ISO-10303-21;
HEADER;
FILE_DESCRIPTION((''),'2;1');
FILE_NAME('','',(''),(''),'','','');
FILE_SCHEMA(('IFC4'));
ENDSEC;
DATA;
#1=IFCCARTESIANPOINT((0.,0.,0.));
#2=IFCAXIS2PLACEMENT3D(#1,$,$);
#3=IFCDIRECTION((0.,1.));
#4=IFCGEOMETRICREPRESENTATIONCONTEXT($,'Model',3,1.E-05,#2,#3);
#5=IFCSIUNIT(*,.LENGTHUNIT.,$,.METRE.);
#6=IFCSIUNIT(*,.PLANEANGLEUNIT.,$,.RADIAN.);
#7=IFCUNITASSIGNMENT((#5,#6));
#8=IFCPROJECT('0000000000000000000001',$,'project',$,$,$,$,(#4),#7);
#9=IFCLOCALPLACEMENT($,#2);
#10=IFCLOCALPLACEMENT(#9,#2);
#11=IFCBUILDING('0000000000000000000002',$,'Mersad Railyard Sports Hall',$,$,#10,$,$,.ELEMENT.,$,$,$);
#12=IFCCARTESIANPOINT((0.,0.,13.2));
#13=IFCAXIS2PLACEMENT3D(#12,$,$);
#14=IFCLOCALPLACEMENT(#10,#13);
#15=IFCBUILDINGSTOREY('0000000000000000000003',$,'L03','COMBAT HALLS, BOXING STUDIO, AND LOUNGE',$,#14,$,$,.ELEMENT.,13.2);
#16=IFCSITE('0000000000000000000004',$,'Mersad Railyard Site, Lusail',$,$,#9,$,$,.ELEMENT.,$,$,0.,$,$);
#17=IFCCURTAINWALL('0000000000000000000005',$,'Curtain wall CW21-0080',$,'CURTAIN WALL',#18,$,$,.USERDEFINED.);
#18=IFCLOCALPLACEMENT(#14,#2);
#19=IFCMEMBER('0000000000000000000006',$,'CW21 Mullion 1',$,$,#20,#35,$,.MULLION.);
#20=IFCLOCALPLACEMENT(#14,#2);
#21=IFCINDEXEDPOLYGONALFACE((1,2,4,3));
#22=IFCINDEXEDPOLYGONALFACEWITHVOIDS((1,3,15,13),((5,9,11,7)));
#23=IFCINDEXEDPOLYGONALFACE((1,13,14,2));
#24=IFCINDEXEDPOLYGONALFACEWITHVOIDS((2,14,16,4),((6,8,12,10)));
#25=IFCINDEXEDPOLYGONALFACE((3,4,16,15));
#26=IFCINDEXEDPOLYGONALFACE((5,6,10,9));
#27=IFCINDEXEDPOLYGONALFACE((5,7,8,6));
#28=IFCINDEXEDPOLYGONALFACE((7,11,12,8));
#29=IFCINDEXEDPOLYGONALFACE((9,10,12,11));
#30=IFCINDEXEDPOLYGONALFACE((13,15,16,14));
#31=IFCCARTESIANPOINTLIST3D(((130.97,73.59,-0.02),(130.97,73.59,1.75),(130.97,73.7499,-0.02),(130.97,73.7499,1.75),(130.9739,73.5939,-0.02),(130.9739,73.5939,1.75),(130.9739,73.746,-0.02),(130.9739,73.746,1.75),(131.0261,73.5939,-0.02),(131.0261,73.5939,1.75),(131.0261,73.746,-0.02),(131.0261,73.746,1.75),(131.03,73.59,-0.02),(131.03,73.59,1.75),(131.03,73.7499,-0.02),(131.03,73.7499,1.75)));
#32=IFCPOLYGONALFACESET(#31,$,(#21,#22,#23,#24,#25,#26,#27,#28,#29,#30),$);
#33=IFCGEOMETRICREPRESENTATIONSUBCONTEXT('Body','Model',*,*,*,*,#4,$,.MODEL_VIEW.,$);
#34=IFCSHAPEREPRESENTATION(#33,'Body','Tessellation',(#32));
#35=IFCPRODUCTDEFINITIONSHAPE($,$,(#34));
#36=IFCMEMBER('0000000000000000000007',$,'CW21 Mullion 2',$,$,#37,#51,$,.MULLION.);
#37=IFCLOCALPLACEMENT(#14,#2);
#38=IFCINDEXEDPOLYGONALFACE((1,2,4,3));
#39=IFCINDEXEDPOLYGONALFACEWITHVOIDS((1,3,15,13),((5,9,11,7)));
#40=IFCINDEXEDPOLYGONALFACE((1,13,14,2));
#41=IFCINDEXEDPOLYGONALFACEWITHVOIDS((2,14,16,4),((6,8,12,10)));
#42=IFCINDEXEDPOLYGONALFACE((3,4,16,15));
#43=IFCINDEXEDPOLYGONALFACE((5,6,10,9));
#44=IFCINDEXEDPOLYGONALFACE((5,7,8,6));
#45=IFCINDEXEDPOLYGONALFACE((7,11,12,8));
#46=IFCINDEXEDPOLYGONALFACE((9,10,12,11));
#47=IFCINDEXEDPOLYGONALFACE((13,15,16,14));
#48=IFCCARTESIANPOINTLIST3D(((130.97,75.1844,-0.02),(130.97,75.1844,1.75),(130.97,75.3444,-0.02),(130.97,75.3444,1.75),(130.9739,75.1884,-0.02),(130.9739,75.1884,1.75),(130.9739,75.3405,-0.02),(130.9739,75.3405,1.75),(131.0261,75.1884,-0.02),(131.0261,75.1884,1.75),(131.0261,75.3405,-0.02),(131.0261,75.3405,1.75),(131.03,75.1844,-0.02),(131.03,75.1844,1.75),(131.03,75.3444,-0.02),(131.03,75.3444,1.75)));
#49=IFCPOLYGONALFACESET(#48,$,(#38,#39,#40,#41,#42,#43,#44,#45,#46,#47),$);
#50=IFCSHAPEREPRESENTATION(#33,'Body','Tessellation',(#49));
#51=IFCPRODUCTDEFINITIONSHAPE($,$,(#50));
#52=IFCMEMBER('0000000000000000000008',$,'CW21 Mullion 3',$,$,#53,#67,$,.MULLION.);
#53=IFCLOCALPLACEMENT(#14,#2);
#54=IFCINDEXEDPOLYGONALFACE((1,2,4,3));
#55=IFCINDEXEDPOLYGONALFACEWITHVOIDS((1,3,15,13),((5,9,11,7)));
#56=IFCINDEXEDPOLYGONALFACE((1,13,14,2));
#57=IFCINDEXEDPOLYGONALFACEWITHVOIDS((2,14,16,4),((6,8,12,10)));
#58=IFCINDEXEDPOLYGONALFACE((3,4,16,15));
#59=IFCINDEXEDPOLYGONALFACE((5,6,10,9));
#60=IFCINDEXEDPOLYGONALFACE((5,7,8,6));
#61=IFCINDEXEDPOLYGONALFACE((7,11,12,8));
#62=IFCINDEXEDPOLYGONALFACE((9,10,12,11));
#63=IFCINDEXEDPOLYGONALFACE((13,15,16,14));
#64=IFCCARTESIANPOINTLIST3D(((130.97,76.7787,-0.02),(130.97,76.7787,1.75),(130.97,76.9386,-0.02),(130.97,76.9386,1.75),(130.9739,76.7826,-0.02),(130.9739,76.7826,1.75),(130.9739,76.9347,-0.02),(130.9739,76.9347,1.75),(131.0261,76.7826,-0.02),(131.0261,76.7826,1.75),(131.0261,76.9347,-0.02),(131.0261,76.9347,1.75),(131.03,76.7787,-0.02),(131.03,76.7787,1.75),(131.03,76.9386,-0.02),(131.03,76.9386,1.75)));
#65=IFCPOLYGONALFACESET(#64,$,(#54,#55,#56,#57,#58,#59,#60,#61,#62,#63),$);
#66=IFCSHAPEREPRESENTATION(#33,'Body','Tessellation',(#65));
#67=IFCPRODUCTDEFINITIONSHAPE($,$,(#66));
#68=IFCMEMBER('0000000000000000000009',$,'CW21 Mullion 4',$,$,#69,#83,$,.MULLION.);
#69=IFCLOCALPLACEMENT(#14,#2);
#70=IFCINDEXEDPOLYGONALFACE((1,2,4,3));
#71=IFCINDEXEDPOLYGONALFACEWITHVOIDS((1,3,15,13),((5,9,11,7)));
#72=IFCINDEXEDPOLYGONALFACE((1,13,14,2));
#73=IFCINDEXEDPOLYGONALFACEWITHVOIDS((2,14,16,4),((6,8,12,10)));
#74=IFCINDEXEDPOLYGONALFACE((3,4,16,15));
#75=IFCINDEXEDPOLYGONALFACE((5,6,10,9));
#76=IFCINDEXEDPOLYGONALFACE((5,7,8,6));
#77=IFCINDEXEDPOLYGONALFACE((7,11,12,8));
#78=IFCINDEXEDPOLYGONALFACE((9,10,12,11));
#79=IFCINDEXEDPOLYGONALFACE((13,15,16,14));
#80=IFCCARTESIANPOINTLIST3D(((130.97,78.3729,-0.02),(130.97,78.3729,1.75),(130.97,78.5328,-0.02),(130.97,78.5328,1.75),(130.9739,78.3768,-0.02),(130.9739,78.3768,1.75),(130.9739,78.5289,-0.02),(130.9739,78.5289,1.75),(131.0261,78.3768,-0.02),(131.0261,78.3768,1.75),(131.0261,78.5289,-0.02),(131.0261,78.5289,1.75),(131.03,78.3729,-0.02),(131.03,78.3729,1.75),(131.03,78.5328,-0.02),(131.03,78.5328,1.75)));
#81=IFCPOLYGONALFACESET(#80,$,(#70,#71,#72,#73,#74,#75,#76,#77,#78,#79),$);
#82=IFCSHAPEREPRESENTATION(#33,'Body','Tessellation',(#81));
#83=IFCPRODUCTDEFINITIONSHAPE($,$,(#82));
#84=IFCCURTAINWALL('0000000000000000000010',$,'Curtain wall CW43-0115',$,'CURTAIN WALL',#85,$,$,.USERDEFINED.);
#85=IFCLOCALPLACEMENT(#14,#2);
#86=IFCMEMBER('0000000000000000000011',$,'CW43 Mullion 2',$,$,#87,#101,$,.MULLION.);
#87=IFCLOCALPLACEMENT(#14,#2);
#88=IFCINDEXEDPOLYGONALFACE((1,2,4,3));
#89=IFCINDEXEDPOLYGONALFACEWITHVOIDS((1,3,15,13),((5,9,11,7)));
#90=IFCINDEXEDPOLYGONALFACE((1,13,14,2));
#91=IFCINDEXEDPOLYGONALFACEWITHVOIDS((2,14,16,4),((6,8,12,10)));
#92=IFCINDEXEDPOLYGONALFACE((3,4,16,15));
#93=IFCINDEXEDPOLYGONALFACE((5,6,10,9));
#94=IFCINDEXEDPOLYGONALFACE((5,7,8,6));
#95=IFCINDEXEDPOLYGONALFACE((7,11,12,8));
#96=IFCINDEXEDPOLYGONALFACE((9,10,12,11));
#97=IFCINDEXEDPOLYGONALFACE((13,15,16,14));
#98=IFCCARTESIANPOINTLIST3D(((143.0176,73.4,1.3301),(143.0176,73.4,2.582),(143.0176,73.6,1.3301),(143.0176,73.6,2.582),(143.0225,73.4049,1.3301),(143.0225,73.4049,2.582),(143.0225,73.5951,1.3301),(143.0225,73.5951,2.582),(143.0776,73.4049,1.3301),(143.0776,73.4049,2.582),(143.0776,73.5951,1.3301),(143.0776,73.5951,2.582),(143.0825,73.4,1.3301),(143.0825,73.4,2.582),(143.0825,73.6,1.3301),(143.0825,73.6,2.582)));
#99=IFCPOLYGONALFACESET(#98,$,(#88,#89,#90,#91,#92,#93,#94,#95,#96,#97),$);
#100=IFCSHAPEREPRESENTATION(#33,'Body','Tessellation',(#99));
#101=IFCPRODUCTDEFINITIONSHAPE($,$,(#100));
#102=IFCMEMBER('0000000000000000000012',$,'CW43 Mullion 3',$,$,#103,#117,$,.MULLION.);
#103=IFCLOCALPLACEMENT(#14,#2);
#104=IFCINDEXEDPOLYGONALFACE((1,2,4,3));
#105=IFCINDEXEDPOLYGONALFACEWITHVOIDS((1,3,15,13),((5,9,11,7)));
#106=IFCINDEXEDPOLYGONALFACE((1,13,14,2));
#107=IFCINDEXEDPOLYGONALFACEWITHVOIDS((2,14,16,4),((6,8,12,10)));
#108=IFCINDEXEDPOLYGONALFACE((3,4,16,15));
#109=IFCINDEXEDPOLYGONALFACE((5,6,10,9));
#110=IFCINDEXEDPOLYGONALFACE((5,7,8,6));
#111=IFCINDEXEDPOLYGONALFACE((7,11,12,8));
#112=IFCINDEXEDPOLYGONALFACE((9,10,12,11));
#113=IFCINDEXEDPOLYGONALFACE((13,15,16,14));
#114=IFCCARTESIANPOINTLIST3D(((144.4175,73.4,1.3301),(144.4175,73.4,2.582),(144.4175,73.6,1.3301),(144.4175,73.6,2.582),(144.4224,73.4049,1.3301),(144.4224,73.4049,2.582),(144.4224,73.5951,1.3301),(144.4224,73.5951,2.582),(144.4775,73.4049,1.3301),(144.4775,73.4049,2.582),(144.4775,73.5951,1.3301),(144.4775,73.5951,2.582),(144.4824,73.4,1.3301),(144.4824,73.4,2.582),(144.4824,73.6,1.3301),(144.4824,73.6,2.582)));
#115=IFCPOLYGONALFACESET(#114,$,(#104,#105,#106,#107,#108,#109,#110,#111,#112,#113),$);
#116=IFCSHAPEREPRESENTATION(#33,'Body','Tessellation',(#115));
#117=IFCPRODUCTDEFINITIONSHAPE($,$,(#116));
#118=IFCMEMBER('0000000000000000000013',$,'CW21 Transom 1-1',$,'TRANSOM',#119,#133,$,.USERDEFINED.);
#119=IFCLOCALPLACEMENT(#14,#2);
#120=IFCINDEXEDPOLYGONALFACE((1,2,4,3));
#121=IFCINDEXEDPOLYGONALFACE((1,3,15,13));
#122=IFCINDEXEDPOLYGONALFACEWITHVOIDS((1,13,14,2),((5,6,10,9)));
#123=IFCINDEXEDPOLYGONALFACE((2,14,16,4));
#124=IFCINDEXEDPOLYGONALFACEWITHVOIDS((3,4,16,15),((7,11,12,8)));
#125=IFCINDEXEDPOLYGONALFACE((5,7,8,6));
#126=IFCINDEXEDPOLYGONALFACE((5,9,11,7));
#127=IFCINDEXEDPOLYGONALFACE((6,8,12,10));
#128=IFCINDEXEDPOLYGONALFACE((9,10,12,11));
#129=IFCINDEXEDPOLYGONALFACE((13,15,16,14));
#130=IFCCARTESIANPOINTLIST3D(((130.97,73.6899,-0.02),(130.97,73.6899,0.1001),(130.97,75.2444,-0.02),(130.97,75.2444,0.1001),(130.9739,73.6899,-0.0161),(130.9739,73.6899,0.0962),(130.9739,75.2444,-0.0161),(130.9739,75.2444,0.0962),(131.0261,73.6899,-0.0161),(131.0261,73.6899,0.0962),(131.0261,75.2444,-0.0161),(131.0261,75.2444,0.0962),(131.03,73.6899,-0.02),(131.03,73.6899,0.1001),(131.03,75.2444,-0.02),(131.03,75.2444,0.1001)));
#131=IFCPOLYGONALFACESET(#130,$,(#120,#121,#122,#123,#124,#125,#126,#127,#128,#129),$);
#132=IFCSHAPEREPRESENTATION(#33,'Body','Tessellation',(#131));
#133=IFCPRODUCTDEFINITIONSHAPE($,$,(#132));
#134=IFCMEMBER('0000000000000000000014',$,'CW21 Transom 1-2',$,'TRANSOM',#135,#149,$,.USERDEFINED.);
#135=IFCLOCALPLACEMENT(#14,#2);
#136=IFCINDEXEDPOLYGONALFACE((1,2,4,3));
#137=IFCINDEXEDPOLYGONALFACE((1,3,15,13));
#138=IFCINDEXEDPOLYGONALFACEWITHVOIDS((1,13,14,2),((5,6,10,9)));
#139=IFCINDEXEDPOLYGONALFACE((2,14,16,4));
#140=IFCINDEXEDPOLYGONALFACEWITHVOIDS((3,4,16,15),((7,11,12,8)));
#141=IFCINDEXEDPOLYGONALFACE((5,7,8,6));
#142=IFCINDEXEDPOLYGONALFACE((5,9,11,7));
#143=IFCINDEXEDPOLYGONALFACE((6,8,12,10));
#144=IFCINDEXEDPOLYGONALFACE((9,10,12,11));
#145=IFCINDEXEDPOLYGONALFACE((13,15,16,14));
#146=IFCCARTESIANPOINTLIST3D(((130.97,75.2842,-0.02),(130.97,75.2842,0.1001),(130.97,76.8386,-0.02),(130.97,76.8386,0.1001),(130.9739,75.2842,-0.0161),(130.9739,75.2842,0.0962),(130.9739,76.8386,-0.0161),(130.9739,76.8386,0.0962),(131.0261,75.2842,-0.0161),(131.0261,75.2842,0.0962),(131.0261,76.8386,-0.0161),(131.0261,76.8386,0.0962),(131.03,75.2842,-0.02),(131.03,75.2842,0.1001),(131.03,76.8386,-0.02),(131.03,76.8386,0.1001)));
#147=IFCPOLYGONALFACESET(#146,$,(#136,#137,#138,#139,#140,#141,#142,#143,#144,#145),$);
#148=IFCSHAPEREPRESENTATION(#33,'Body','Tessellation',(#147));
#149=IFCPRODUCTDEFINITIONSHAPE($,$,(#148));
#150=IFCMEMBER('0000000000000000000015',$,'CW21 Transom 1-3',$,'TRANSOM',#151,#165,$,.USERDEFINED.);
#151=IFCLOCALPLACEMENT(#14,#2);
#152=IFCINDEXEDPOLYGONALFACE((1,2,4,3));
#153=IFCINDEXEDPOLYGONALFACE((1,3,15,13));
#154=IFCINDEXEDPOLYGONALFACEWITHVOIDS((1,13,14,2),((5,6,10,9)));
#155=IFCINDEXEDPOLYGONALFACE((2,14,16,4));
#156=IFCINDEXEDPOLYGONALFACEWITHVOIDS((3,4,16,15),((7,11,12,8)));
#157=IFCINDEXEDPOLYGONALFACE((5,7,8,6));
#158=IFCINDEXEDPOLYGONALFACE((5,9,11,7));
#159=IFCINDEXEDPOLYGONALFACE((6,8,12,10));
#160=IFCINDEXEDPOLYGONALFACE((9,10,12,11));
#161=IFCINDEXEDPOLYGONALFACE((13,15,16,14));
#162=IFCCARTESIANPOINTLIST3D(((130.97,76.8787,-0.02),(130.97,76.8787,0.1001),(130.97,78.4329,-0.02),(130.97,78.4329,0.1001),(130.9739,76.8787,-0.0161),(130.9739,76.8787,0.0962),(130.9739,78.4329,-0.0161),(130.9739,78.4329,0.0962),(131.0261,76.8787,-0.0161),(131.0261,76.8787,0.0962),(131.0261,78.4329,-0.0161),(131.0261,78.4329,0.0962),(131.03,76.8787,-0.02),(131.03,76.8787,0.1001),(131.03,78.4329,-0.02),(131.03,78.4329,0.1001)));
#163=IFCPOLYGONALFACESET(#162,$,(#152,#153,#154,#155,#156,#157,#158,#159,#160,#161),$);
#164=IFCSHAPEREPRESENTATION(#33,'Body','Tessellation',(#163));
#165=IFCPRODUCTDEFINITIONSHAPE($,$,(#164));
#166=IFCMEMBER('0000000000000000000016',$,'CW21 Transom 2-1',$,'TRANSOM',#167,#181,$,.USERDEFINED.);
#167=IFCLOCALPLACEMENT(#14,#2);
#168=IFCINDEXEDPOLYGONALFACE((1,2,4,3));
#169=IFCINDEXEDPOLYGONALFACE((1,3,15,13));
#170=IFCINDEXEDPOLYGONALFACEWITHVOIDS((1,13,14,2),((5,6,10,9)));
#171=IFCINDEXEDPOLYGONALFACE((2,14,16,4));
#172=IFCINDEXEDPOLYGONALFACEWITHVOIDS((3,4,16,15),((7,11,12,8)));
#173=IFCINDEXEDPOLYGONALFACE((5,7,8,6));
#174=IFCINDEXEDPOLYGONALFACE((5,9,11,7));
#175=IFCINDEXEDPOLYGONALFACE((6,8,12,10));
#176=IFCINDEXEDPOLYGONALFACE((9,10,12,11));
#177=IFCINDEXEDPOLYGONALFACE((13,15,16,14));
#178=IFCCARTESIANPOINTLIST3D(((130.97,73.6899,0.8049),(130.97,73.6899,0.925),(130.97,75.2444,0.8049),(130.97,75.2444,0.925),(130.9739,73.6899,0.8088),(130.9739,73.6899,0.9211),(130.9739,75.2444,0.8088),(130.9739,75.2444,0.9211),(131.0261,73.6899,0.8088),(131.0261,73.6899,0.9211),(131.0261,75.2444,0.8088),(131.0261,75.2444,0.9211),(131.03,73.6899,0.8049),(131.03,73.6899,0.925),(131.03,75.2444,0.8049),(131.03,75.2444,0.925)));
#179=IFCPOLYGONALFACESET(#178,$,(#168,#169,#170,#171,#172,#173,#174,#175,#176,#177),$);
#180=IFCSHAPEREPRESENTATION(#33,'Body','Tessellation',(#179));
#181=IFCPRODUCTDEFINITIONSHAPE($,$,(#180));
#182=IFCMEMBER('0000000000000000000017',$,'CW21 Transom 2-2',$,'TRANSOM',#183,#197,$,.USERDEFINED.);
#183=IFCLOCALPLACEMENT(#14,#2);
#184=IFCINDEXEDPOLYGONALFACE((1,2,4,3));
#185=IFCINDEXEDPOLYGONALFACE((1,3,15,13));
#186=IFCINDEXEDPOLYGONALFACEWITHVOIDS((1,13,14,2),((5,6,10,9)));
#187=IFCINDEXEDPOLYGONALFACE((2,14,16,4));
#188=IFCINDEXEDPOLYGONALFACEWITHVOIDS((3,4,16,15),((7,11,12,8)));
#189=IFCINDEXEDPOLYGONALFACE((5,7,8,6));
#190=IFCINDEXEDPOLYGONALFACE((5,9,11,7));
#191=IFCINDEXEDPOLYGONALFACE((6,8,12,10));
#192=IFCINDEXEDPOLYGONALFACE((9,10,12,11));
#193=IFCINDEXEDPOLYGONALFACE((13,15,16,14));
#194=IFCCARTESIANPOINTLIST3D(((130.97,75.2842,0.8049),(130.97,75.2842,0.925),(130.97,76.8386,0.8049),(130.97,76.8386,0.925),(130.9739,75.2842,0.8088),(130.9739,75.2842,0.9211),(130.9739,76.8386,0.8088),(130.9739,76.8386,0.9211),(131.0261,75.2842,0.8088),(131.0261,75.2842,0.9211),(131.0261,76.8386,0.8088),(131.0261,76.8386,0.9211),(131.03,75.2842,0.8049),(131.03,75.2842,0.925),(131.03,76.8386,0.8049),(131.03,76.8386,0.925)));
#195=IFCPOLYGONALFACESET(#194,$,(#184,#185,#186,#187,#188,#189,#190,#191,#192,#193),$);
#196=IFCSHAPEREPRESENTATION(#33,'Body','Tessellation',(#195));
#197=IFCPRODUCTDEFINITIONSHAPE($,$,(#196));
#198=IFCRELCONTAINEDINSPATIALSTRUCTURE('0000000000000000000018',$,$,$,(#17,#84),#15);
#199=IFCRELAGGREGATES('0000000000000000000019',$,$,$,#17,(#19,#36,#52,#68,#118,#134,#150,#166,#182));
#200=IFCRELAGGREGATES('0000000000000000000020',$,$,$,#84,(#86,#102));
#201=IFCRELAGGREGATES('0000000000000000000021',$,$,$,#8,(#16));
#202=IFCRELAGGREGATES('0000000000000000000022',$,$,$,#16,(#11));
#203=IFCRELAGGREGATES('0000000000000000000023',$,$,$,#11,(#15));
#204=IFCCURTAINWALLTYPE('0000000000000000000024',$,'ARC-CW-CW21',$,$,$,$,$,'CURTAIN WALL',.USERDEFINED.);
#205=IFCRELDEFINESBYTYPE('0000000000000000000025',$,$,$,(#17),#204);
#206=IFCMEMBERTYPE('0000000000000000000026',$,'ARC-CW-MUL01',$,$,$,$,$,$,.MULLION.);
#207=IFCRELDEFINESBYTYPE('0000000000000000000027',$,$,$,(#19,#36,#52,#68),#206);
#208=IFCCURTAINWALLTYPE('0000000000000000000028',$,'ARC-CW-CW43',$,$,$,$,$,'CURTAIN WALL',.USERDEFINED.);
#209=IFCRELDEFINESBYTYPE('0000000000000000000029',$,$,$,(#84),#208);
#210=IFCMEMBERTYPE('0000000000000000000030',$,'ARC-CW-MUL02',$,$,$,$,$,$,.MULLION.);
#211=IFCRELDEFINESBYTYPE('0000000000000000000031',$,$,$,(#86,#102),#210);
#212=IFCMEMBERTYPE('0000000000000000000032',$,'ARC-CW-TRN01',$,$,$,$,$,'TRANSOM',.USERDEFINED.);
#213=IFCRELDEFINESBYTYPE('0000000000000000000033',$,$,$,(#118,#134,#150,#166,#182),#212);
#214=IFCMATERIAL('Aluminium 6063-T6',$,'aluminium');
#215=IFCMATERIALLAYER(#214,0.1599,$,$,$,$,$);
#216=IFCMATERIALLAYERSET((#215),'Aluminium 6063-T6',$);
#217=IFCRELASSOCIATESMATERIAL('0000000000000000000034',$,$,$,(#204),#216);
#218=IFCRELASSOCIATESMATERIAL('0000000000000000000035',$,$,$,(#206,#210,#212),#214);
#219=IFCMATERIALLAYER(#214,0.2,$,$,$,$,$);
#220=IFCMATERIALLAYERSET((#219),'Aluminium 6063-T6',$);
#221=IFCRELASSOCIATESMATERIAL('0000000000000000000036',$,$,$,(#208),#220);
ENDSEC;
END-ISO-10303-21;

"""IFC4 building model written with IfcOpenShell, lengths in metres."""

from ifc_helpers import new_model, si_unit, direction, frame, origin, origin_2d, place, context, subcontext, project, spatial, hollow_rectangle, extrude, material, layer, layer_set, material_profile, profile_set, type_object, element, aggregate, save


model = new_model("IFC4")

# Units and contexts
model_context = context("Model", 3, precision=1e-05, world=origin(), true_north=direction((0.0, 1.0)))
body_context = subcontext(model_context, "Body", "Model", "MODEL_VIEW")
ifc_project = project(units=[si_unit("LENGTHUNIT", "METRE"), si_unit("PLANEANGLEUNIT", "RADIAN")], contexts=[model_context])

# Site, building, storey
site_placement = place(None, origin())
site = spatial("IfcSite", under=ifc_project, at=site_placement, Name="Mersad Railyard Site, Lusail", CompositionType="ELEMENT", RefElevation=0.0)
building_placement = place(site_placement, origin())
building = spatial("IfcBuilding", under=site, at=building_placement, Name="Mersad Railyard Sports Hall", CompositionType="ELEMENT")
storey_placement = place(building_placement, frame((0.0, 0.0, 13.2)))
storey = spatial("IfcBuildingStorey", under=building, at=storey_placement, Name="L03", Description="COMBAT HALLS, BOXING STUDIO, AND LOUNGE", CompositionType="ELEMENT", Elevation=13.2)

# Curtain walls, members
ifc_material_1 = material(Name="Aluminium 6063-T6", Category="aluminium")
ifc_layer_1 = layer(ifc_material_1, 0.1599)
ifc_layer_set_1 = layer_set([ifc_layer_1], Name="Aluminium 6063-T6")
curtain_wall_type_1 = type_object("IfcCurtainWallType", Name="ARC-CW-CW21", ElementType="CURTAIN WALL", PredefinedType="USERDEFINED", material=ifc_layer_set_1)
curtain_wall_1_placement = place(storey_placement, origin())
curtain_wall_1 = element("IfcCurtainWall", 1, at=curtain_wall_1_placement, inside=storey, type_object=curtain_wall_type_1, Name="Curtain wall CW21-0080", ObjectType="CURTAIN WALL", PredefinedType="USERDEFINED")
ifc_material_profile_1 = material_profile(ifc_material_1, hollow_rectangle(XDim=0.0601, YDim=0.1599, WallThickness=0.0039, at=origin_2d()), Name="AL MULLION 60x160x4")
ifc_profile_set_1 = profile_set([ifc_material_profile_1], Name="Aluminium 6063-T6")
member_type_1 = type_object("IfcMemberType", Name="ARC-CW-MUL01", PredefinedType="MULLION", material=ifc_profile_set_1)
member_1_placement = place(storey_placement, frame((131.0, 73.6699, -0.02), z_axis=(0.0, 0.0, 1.0), x_axis=(1.0, 0.0, 0.0)))
member_1 = element("IfcMember", 2, at=member_1_placement, type_object=member_type_1, Name="CW21 Mullion 1", PredefinedType="MULLION", context=body_context, shape_type="SweptSolid", body=[
    extrude(hollow_rectangle(XDim=0.0601, YDim=0.1599, WallThickness=0.0039, at=origin_2d()), origin(), (0.0, 0.0, 1.0), 1.77),
])
member_2_placement = place(storey_placement, frame((131.0, 75.2644, -0.02), z_axis=(0.0, 0.0, 1.0), x_axis=(1.0, 0.0, 0.0)))
member_2 = element("IfcMember", 3, at=member_2_placement, type_object=member_type_1, Name="CW21 Mullion 2", PredefinedType="MULLION", context=body_context, shape_type="SweptSolid", body=[
    extrude(hollow_rectangle(XDim=0.0601, YDim=0.1599, WallThickness=0.0039, at=origin_2d()), origin(), (0.0, 0.0, 1.0), 1.77),
])
member_3_placement = place(storey_placement, frame((131.0, 76.8586, -0.02), z_axis=(0.0, 0.0, 1.0), x_axis=(1.0, 0.0, 0.0)))
member_3 = element("IfcMember", 4, at=member_3_placement, type_object=member_type_1, Name="CW21 Mullion 3", PredefinedType="MULLION", context=body_context, shape_type="SweptSolid", body=[
    extrude(hollow_rectangle(XDim=0.0601, YDim=0.1599, WallThickness=0.0039, at=origin_2d()), origin(), (0.0, 0.0, 1.0), 1.77),
])
member_4_placement = place(storey_placement, frame((131.0, 78.4529, -0.02), z_axis=(0.0, 0.0, 1.0), x_axis=(1.0, 0.0, 0.0)))
member_4 = element("IfcMember", 5, at=member_4_placement, type_object=member_type_1, Name="CW21 Mullion 4", PredefinedType="MULLION", context=body_context, shape_type="SweptSolid", body=[
    extrude(hollow_rectangle(XDim=0.0601, YDim=0.1599, WallThickness=0.0039, at=origin_2d()), origin(), (0.0, 0.0, 1.0), 1.77),
])
ifc_layer_2 = layer(ifc_material_1, 0.2)
ifc_layer_set_2 = layer_set([ifc_layer_2], Name="Aluminium 6063-T6")
curtain_wall_type_2 = type_object("IfcCurtainWallType", Name="ARC-CW-CW43", ElementType="CURTAIN WALL", PredefinedType="USERDEFINED", material=ifc_layer_set_2)
curtain_wall_2_placement = place(storey_placement, origin())
curtain_wall_2 = element("IfcCurtainWall", 6, at=curtain_wall_2_placement, inside=storey, type_object=curtain_wall_type_2, Name="Curtain wall CW43-0115", ObjectType="CURTAIN WALL", PredefinedType="USERDEFINED")
ifc_material_profile_2 = material_profile(ifc_material_1, hollow_rectangle(XDim=0.0649, YDim=0.2, WallThickness=0.0049, at=origin_2d()), Name="AL MULLION 65x200x5")
ifc_profile_set_2 = profile_set([ifc_material_profile_2], Name="Aluminium 6063-T6")
member_type_2 = type_object("IfcMemberType", Name="ARC-CW-MUL02", PredefinedType="MULLION", material=ifc_profile_set_2)
member_5_placement = place(storey_placement, frame((143.05, 73.5, 1.3301), z_axis=(0.0, 0.0, 1.0), x_axis=(1.0, 0.0, 0.0)))
member_5 = element("IfcMember", 7, at=member_5_placement, type_object=member_type_2, Name="CW43 Mullion 2", PredefinedType="MULLION", context=body_context, shape_type="SweptSolid", body=[
    extrude(hollow_rectangle(XDim=0.0649, YDim=0.2, WallThickness=0.0049, at=origin_2d()), origin(), (0.0, 0.0, 1.0), 1.252),
])
member_6_placement = place(storey_placement, frame((144.45, 73.5, 1.3301), z_axis=(0.0, 0.0, 1.0), x_axis=(1.0, 0.0, 0.0)))
member_6 = element("IfcMember", 8, at=member_6_placement, type_object=member_type_2, Name="CW43 Mullion 3", PredefinedType="MULLION", context=body_context, shape_type="SweptSolid", body=[
    extrude(hollow_rectangle(XDim=0.0649, YDim=0.2, WallThickness=0.0049, at=origin_2d()), origin(), (0.0, 0.0, 1.0), 1.252),
])

# Members
ifc_material_profile_3 = material_profile(ifc_material_1, hollow_rectangle(XDim=0.0601, YDim=0.1201, WallThickness=0.0039, at=origin_2d()), Name="AL TRANSOM 60x120x4")
ifc_profile_set_3 = profile_set([ifc_material_profile_3], Name="Aluminium 6063-T6")
member_type_3 = type_object("IfcMemberType", Name="ARC-CW-TRN01", ElementType="TRANSOM", PredefinedType="USERDEFINED", material=ifc_profile_set_3)
member_7_placement = place(storey_placement, frame((131.0, 73.6899, 0.04), z_axis=(0.0, 1.0, 0.0), x_axis=(-1.0, 0.0, 0.0)))
member_7 = element("IfcMember", 9, at=member_7_placement, type_object=member_type_3, Name="CW21 Transom 1-1", ObjectType="TRANSOM", PredefinedType="USERDEFINED", context=body_context, shape_type="SweptSolid", body=[
    extrude(hollow_rectangle(XDim=0.0601, YDim=0.1201, WallThickness=0.0039, at=origin_2d()), origin(), (0.0, 0.0, 1.0), 1.5544),
])
member_8_placement = place(storey_placement, frame((131.0, 75.2842, 0.04), z_axis=(0.0, 1.0, 0.0), x_axis=(-1.0, 0.0, 0.0)))
member_8 = element("IfcMember", 10, at=member_8_placement, type_object=member_type_3, Name="CW21 Transom 1-2", ObjectType="TRANSOM", PredefinedType="USERDEFINED", context=body_context, shape_type="SweptSolid", body=[
    extrude(hollow_rectangle(XDim=0.0601, YDim=0.1201, WallThickness=0.0039, at=origin_2d()), origin(), (0.0, 0.0, 1.0), 1.5544),
])
member_9_placement = place(storey_placement, frame((131.0, 76.8787, 0.04), z_axis=(0.0, 1.0, 0.0), x_axis=(-1.0, 0.0, 0.0)))
member_9 = element("IfcMember", 11, at=member_9_placement, type_object=member_type_3, Name="CW21 Transom 1-3", ObjectType="TRANSOM", PredefinedType="USERDEFINED", context=body_context, shape_type="SweptSolid", body=[
    extrude(hollow_rectangle(XDim=0.0601, YDim=0.1201, WallThickness=0.0039, at=origin_2d()), origin(), (0.0, 0.0, 1.0), 1.5542),
])
member_10_placement = place(storey_placement, frame((131.0, 73.6899, 0.865), z_axis=(0.0, 1.0, 0.0), x_axis=(-1.0, 0.0, 0.0)))
member_10 = element("IfcMember", 12, at=member_10_placement, type_object=member_type_3, Name="CW21 Transom 2-1", ObjectType="TRANSOM", PredefinedType="USERDEFINED", context=body_context, shape_type="SweptSolid", body=[
    extrude(hollow_rectangle(XDim=0.0601, YDim=0.1201, WallThickness=0.0039, at=origin_2d()), origin(), (0.0, 0.0, 1.0), 1.5544),
])
member_11_placement = place(storey_placement, frame((131.0, 75.2842, 0.865), z_axis=(0.0, 1.0, 0.0), x_axis=(-1.0, 0.0, 0.0)))
member_11 = element("IfcMember", 13, at=member_11_placement, type_object=member_type_3, Name="CW21 Transom 2-2", ObjectType="TRANSOM", PredefinedType="USERDEFINED", context=body_context, shape_type="SweptSolid", body=[
    extrude(hollow_rectangle(XDim=0.0601, YDim=0.1201, WallThickness=0.0039, at=origin_2d()), origin(), (0.0, 0.0, 1.0), 1.5544),
])

aggregate(curtain_wall_1, [member_1, member_2, member_3, member_4, member_7, member_8, member_9, member_10, member_11])
aggregate(curtain_wall_2, [member_5, member_6])

save(model, "model.ifc")
